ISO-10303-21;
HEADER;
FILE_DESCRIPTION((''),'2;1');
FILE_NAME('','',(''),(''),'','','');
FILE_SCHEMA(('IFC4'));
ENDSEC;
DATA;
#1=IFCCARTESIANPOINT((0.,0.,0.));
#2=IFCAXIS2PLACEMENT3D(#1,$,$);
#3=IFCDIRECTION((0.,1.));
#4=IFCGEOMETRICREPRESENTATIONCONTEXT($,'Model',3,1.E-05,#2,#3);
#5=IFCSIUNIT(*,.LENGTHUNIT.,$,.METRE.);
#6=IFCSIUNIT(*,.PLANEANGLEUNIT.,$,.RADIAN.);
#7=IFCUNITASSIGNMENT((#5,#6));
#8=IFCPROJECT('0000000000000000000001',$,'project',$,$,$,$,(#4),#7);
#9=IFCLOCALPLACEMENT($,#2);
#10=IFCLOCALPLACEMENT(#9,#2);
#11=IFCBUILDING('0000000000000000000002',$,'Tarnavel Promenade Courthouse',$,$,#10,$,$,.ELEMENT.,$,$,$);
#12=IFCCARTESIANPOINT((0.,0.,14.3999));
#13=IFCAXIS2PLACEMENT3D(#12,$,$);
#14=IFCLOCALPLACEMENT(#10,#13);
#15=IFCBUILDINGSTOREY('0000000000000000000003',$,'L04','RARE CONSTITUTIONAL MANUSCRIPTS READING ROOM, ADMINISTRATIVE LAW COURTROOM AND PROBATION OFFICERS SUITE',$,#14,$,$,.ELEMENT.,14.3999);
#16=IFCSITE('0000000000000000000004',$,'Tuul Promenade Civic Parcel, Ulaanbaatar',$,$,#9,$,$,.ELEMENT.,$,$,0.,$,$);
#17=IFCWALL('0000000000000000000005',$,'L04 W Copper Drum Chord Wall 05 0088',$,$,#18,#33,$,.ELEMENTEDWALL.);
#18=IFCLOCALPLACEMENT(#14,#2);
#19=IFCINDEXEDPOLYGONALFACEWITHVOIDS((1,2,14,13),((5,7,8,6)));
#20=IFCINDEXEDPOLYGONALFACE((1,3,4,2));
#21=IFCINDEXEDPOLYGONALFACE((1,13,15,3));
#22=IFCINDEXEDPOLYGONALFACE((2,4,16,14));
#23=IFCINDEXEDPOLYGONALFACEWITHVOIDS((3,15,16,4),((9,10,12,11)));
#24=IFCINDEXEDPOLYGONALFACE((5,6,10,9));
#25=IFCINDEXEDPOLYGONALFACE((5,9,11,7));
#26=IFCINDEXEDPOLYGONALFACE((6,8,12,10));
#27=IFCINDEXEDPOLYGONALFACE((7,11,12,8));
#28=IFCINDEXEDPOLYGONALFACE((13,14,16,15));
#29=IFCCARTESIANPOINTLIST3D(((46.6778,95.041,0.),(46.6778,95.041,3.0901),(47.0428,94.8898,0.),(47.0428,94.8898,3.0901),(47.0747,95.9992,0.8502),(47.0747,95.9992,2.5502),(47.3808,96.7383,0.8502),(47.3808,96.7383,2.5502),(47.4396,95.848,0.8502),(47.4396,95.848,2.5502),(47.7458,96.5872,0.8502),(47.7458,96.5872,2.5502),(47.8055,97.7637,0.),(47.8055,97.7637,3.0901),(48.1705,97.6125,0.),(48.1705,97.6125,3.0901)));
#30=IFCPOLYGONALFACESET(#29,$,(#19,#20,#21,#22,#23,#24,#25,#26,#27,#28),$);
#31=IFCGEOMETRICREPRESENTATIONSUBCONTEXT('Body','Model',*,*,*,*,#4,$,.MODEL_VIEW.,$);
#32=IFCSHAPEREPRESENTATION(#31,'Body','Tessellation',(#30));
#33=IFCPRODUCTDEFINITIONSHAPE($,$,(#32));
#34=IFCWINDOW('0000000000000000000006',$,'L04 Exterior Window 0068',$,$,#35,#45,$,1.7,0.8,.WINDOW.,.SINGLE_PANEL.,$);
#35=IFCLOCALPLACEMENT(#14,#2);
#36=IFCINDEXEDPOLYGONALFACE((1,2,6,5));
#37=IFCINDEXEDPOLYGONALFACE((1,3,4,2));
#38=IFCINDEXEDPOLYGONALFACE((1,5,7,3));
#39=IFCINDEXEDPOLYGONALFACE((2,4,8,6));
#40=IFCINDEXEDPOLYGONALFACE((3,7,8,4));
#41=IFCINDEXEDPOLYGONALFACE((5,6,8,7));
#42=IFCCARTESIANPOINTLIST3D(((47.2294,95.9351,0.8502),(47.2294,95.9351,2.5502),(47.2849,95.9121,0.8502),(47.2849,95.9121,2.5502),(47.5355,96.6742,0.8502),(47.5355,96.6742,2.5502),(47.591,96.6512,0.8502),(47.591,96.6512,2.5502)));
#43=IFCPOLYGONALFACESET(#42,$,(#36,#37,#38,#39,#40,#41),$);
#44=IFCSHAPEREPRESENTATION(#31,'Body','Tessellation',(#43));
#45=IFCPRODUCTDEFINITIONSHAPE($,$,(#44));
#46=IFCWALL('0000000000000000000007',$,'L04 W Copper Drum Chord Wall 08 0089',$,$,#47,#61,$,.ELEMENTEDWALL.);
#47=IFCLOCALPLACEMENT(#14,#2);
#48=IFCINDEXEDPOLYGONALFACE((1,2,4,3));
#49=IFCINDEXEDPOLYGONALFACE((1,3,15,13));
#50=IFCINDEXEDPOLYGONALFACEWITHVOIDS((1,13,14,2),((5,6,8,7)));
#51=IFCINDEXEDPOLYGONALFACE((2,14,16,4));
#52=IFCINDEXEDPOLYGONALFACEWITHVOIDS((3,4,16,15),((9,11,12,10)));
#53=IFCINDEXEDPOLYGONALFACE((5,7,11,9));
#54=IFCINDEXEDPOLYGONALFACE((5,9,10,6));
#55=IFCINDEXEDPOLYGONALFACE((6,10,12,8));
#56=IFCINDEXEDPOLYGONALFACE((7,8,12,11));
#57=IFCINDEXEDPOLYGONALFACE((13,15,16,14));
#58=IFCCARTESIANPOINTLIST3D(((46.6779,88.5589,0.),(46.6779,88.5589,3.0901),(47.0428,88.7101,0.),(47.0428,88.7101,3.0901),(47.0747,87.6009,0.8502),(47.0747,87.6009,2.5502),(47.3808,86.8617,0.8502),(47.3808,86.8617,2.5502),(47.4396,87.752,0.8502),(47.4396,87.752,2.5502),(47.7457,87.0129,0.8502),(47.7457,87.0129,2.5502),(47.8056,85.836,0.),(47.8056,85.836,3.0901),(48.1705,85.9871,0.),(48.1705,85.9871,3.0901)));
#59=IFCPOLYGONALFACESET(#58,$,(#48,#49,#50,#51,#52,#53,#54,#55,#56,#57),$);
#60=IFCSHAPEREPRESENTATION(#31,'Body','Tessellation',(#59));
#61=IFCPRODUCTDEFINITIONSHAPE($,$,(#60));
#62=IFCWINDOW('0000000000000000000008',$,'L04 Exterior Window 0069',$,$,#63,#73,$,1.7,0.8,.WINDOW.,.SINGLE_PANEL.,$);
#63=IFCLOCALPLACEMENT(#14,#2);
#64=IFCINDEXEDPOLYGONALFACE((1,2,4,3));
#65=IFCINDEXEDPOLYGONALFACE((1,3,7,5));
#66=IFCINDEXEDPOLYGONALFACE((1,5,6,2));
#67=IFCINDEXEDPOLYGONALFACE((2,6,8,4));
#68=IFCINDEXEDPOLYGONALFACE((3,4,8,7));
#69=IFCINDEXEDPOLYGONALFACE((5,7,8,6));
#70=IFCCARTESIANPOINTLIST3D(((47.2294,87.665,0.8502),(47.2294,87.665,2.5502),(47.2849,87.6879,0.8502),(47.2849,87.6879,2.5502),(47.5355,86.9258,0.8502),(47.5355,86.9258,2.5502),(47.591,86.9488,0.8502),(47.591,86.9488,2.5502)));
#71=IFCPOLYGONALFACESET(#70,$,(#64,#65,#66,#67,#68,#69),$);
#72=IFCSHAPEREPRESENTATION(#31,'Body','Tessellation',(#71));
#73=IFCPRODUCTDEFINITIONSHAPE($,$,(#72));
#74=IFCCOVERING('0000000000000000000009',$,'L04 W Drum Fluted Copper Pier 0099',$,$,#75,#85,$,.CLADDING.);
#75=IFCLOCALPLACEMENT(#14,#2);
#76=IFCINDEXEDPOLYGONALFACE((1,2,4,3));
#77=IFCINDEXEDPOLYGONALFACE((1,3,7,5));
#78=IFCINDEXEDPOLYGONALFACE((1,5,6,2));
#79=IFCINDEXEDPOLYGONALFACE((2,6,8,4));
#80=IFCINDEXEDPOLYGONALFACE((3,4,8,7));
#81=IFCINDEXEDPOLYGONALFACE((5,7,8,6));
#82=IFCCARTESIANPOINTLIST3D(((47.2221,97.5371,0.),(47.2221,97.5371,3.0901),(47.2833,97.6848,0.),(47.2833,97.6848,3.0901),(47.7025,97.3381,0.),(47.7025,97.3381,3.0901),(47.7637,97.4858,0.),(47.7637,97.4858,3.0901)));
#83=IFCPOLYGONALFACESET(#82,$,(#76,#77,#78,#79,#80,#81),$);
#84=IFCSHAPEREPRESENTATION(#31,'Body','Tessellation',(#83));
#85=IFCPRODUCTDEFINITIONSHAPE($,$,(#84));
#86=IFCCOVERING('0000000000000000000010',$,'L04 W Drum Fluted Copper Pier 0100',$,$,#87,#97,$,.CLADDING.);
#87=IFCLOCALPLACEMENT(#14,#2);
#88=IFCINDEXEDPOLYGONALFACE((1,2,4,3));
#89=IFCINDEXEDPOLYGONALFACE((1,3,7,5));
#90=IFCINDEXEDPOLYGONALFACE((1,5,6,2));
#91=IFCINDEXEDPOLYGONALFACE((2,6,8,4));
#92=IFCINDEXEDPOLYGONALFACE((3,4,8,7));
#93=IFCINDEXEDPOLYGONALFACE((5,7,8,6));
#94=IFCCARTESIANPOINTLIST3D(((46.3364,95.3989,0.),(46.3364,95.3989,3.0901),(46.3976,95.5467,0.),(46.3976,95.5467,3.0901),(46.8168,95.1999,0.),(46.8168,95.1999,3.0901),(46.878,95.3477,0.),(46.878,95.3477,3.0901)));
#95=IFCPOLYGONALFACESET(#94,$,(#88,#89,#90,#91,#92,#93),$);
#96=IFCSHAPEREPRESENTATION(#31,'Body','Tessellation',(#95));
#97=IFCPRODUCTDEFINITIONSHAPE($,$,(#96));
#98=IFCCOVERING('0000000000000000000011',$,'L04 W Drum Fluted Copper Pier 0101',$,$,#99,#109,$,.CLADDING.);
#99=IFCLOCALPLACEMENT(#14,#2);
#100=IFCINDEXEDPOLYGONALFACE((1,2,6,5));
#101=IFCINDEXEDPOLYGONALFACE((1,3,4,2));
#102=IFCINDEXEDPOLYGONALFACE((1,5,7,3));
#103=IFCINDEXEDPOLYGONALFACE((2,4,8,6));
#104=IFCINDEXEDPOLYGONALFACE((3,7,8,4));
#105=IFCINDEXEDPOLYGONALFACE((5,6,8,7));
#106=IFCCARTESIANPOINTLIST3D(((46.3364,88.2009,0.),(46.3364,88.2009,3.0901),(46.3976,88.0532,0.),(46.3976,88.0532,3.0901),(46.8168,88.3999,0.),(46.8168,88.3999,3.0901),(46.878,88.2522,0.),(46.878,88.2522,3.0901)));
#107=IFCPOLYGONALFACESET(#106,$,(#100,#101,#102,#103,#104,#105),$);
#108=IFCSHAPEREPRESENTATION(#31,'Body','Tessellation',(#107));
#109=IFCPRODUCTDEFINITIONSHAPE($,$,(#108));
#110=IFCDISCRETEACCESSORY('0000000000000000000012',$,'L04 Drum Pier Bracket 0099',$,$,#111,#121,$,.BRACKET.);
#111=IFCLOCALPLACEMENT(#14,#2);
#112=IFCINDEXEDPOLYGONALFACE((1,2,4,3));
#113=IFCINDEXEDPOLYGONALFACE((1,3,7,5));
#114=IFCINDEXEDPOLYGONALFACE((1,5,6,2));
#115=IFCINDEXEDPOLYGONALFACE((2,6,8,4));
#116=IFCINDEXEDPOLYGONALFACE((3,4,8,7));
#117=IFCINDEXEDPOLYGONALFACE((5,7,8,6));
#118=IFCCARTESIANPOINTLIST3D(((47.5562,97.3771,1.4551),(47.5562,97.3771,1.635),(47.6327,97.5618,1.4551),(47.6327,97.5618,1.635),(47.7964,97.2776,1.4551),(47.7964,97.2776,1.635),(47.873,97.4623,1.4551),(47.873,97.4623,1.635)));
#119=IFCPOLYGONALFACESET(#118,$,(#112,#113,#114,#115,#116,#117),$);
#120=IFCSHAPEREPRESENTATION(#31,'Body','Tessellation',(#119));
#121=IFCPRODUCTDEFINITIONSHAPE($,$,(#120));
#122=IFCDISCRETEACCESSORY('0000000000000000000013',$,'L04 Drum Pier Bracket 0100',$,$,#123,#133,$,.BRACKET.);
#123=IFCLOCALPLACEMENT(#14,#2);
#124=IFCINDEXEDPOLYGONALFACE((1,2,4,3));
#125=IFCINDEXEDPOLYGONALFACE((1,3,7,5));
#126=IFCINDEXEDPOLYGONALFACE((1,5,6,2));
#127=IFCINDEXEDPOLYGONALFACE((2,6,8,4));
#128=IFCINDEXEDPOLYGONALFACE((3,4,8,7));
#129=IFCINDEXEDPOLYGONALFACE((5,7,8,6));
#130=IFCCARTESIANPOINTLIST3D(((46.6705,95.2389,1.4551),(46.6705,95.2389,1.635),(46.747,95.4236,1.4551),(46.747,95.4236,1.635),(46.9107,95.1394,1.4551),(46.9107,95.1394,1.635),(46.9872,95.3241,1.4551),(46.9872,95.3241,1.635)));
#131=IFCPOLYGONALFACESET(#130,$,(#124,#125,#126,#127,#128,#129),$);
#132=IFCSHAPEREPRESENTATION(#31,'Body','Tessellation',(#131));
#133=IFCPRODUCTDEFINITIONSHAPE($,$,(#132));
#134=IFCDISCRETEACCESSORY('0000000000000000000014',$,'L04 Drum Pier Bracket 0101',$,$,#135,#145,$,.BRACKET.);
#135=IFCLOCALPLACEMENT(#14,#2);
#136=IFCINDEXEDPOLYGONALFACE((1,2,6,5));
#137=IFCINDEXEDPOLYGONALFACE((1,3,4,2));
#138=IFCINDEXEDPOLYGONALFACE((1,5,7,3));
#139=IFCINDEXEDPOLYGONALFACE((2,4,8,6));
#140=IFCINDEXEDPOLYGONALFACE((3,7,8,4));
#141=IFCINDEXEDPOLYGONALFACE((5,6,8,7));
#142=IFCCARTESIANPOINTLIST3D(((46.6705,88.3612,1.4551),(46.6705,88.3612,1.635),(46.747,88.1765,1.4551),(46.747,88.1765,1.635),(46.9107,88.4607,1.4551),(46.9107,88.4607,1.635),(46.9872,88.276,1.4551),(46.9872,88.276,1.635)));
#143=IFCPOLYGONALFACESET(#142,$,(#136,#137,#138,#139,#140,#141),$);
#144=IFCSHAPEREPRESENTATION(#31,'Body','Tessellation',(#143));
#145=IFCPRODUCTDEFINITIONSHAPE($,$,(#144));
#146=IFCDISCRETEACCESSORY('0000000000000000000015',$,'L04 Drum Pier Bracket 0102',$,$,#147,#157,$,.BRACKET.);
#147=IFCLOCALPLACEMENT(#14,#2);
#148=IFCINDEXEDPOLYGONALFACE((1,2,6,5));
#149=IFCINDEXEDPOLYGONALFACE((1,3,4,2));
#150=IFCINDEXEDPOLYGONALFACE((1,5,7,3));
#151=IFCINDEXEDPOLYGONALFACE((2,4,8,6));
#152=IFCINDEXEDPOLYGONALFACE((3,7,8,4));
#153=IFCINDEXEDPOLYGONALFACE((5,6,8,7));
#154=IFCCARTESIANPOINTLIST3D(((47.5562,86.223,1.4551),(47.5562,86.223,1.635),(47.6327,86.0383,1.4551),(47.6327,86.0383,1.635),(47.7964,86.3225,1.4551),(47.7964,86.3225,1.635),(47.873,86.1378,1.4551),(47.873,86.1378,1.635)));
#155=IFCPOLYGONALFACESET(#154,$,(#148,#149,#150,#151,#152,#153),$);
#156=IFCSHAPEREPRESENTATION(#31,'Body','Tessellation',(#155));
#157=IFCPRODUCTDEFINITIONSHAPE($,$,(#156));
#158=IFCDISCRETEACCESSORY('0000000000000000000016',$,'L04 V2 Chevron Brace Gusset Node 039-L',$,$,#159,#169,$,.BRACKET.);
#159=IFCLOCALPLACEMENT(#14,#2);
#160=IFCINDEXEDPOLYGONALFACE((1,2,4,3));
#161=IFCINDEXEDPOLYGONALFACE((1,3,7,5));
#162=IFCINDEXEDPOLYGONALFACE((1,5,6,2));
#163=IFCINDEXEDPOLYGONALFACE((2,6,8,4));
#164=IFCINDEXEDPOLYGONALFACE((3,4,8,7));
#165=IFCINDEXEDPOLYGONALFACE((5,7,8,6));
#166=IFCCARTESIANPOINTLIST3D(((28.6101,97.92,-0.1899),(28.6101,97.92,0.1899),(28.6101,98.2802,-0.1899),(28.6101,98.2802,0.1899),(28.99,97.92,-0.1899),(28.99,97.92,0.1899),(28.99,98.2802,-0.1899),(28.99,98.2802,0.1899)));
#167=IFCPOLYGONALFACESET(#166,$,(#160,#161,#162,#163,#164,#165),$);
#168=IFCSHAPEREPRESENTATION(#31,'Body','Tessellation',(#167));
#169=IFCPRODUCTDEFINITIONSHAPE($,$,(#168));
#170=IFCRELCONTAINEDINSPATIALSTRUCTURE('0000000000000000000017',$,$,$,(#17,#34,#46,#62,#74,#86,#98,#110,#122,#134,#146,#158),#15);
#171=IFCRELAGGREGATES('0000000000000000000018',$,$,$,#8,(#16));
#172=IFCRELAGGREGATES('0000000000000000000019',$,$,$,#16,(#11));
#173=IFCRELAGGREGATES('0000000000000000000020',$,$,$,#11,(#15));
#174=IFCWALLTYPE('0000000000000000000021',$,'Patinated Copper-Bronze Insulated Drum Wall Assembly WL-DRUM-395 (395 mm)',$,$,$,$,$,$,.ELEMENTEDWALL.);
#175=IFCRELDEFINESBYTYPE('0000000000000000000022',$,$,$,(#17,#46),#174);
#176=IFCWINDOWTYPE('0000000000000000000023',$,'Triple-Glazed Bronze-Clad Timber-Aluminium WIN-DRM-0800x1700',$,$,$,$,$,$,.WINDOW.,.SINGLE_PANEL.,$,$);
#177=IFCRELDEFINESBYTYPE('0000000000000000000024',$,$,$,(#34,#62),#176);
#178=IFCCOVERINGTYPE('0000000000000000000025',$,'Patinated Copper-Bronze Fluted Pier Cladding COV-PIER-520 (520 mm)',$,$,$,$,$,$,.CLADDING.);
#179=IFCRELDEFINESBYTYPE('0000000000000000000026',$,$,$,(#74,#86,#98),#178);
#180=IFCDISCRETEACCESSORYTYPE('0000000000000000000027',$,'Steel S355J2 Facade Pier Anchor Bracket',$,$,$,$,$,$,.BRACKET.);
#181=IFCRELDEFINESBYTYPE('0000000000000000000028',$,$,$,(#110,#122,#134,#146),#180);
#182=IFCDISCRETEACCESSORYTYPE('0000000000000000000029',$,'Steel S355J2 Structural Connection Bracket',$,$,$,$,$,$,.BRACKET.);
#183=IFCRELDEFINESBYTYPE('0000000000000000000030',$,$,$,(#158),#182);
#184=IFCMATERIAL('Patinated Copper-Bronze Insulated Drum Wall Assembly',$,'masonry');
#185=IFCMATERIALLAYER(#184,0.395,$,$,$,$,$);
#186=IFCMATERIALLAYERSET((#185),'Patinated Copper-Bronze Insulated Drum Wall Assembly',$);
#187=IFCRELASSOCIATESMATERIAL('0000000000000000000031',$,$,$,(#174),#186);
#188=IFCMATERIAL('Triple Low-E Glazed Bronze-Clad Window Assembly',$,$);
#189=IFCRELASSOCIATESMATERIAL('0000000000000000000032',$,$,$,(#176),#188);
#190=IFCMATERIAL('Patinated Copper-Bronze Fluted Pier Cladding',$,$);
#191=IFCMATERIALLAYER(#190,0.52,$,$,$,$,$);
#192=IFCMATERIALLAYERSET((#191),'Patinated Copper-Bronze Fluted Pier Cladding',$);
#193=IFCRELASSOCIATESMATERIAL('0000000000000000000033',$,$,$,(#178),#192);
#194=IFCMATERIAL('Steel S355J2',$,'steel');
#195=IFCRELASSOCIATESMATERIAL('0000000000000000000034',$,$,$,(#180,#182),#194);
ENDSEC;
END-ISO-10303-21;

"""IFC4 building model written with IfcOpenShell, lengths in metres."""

from ifc_helpers import new_model, si_unit, direction, frame, frame_2d, origin, origin_2d, place, context, subcontext, project, spatial, rectangle, extrude, material, layer, layer_set, type_object, element, fill, save


model = new_model("IFC4")

# Units and contexts
model_context = context("Model", 3, precision=1e-05, world=origin(), true_north=direction((0.0, 1.0)))
body_context = subcontext(model_context, "Body", "Model", "MODEL_VIEW")
ifc_project = project(units=[si_unit("LENGTHUNIT", "METRE"), si_unit("PLANEANGLEUNIT", "RADIAN")], contexts=[model_context])

# Site, building, storey
site_placement = place(None, origin())
site = spatial("IfcSite", under=ifc_project, at=site_placement, Name="Tuul Promenade Civic Parcel, Ulaanbaatar", CompositionType="ELEMENT", RefElevation=0.0)
building_placement = place(site_placement, origin())
building = spatial("IfcBuilding", under=site, at=building_placement, Name="Tarnavel Promenade Courthouse", CompositionType="ELEMENT")
storey_placement = place(building_placement, frame((0.0, 0.0, 14.3999)))
storey = spatial("IfcBuildingStorey", under=building, at=storey_placement, Name="L04", Description="RARE CONSTITUTIONAL MANUSCRIPTS READING ROOM, ADMINISTRATIVE LAW COURTROOM AND PROBATION OFFICERS SUITE", CompositionType="ELEMENT", Elevation=14.3999)

# Shared definitions
ifc_material_1 = material(Name="Steel S355J2", Category="steel")

# Walls, openings, windows
ifc_material_2 = material(Name="Patinated Copper-Bronze Insulated Drum Wall Assembly", Category="masonry")
ifc_layer_1 = layer(ifc_material_2, 0.395)
ifc_layer_set_1 = layer_set([ifc_layer_1], Name="Patinated Copper-Bronze Insulated Drum Wall Assembly")
wall_type_1 = type_object("IfcWallType", Name="Patinated Copper-Bronze Insulated Drum Wall Assembly WL-DRUM-395 (395 mm)", PredefinedType="ELEMENTEDWALL", material=ifc_layer_set_1)
wall_1_placement = place(storey_placement, frame((47.988, 97.6882, 0.0), z_axis=(0.0, 0.0, 1.0), x_axis=(-0.382662, -0.923889, 0.0)))
wall_1 = element("IfcWall", 1, at=wall_1_placement, inside=storey, type_object=wall_type_1, Name="L04 W Copper Drum Chord Wall 05 0088", PredefinedType="ELEMENTEDWALL", context=body_context, shape_type="SweptSolid", body=[
    extrude(rectangle(XDim=2.947, YDim=0.395, at=frame_2d((1.4736, 0.0))), origin(), (0.0, 0.0, 1.0), 3.0901),
])
opening_1_placement = place(wall_1_placement, frame((1.1101, 0.0, 0.8501)))
opening_1 = element("IfcOpeningElement", 2, at=opening_1_placement, cuts=wall_1, PredefinedType="OPENING", context=body_context, shape_type="SweptSolid", body=[
    extrude(rectangle(XDim=0.8, YDim=1.7, at=frame_2d((0.3999, 0.8501))), frame((0.0, 0.2075, 0.0), z_axis=(0.0, -1.0, 0.0), x_axis=(1.0, 0.0, 0.0)), (0.0, 0.0, 1.0), 0.415),
])
ifc_material_3 = material(Name="Triple Low-E Glazed Bronze-Clad Window Assembly")
window_type = type_object("IfcWindowType", Name="Triple-Glazed Bronze-Clad Timber-Aluminium WIN-DRM-0800x1700", PartitioningType="SINGLE_PANEL", PredefinedType="WINDOW", material=ifc_material_3)
window_1_placement = place(opening_1_placement, origin())
window_1 = element("IfcWindow", 3, at=window_1_placement, inside=storey, type_object=window_type, Name="L04 Exterior Window 0068", OverallHeight=1.7, OverallWidth=0.8, PartitioningType="SINGLE_PANEL", PredefinedType="WINDOW", context=body_context, shape_type="SweptSolid", body=[
    extrude(rectangle(XDim=0.8, YDim=1.7, at=frame_2d((0.3999, 0.8501))), frame((0.0, 0.03, 0.0), z_axis=(0.0, -1.0, 0.0), x_axis=(1.0, 0.0, 0.0)), (0.0, 0.0, 1.0), 0.0601),
])
fill(opening_1, window_1)
wall_2_placement = place(storey_placement, frame((46.8604, 88.6345, 0.0), z_axis=(0.0, 0.0, 1.0), x_axis=(0.382632, -0.923901, 0.0)))
wall_2 = element("IfcWall", 4, at=wall_2_placement, inside=storey, type_object=wall_type_1, Name="L04 W Copper Drum Chord Wall 08 0089", PredefinedType="ELEMENTEDWALL", context=body_context, shape_type="SweptSolid", body=[
    extrude(rectangle(XDim=2.9473, YDim=0.395, at=frame_2d((1.4736, 0.0))), origin(), (0.0, 0.0, 1.0), 3.0901),
])
opening_2_placement = place(wall_2_placement, frame((1.0371, 0.0, 0.8501)))
opening_2 = element("IfcOpeningElement", 5, at=opening_2_placement, cuts=wall_2, PredefinedType="OPENING", context=body_context, shape_type="SweptSolid", body=[
    extrude(rectangle(XDim=0.8, YDim=1.7, at=frame_2d((0.3999, 0.8501))), frame((0.0, 0.2075, 0.0), z_axis=(0.0, -1.0, 0.0), x_axis=(1.0, 0.0, 0.0)), (0.0, 0.0, 1.0), 0.415),
])
window_2_placement = place(opening_2_placement, origin())
window_2 = element("IfcWindow", 6, at=window_2_placement, inside=storey, type_object=window_type, Name="L04 Exterior Window 0069", OverallHeight=1.7, OverallWidth=0.8, PartitioningType="SINGLE_PANEL", PredefinedType="WINDOW", context=body_context, shape_type="SweptSolid", body=[
    extrude(rectangle(XDim=0.8, YDim=1.7, at=frame_2d((0.3999, 0.8501))), frame((0.0, 0.03, 0.0), z_axis=(0.0, -1.0, 0.0), x_axis=(1.0, 0.0, 0.0)), (0.0, 0.0, 1.0), 0.0601),
])
fill(opening_2, window_2)

# Coverings
ifc_material_4 = material(Name="Patinated Copper-Bronze Fluted Pier Cladding")
ifc_layer_2 = layer(ifc_material_4, 0.52)
ifc_layer_set_2 = layer_set([ifc_layer_2], Name="Patinated Copper-Bronze Fluted Pier Cladding")
covering_type = type_object("IfcCoveringType", Name="Patinated Copper-Bronze Fluted Pier Cladding COV-PIER-520 (520 mm)", PredefinedType="CLADDING", material=ifc_layer_set_2)
for number, where, z_axis, x_axis, name in (
    (7, (47.4929, 97.5115, 0.0), (0.0, 0.0, 1.0), (-0.382683, -0.92388, 0.0), "L04 W Drum Fluted Copper Pier 0099"),
    (8, (46.6072, 95.3733, 0.0), (0.0, 0.0, 1.0), (-0.382683, -0.92388, 0.0), "L04 W Drum Fluted Copper Pier 0100"),
    (9, (46.6072, 88.2266, 0.0), (0.0, 0.0, 1.0), (0.382683, -0.92388, 0.0), "L04 W Drum Fluted Copper Pier 0101"),
):
    element("IfcCovering", number, at=place(storey_placement, frame(where, z_axis=z_axis, x_axis=x_axis)), inside=storey, type_object=covering_type, Name=name, PredefinedType="CLADDING", context=body_context, shape_type="SweptSolid", body=[
        extrude(rectangle(XDim=0.1599, YDim=0.52, at=origin_2d()), origin(), (0.0, 0.0, 1.0), 3.0901),
    ])

# Discrete accessories
discrete_accessory_type_1 = type_object("IfcDiscreteAccessoryType", Name="Steel S355J2 Facade Pier Anchor Bracket", PredefinedType="BRACKET", material=ifc_material_1)
for number, where, z_axis, x_axis, name in (
    (10, (47.7146, 97.4197, 1.4551), (0.0, 0.0, 1.0), (-0.382683, -0.92388, 0.0), "L04 Drum Pier Bracket 0099"),
    (11, (46.8289, 95.2815, 1.4551), (0.0, 0.0, 1.0), (-0.382683, -0.92388, 0.0), "L04 Drum Pier Bracket 0100"),
    (12, (46.8289, 88.3186, 1.4551), (0.0, 0.0, 1.0), (0.382683, -0.92388, 0.0), "L04 Drum Pier Bracket 0101"),
    (13, (47.7146, 86.1804, 1.4551), (0.0, 0.0, 1.0), (0.382683, -0.92388, 0.0), "L04 Drum Pier Bracket 0102"),
):
    element("IfcDiscreteAccessory", number, at=place(storey_placement, frame(where, z_axis=z_axis, x_axis=x_axis)), inside=storey, type_object=discrete_accessory_type_1, Name=name, PredefinedType="BRACKET", context=body_context, shape_type="SweptSolid", body=[
        extrude(rectangle(XDim=0.2, YDim=0.26, at=origin_2d()), origin(), (0.0, 0.0, 1.0), 0.1799),
    ])
discrete_accessory_type_2 = type_object("IfcDiscreteAccessoryType", Name="Steel S355J2 Structural Connection Bracket", PredefinedType="BRACKET", material=ifc_material_1)
discrete_accessory_placement = place(storey_placement, frame((28.8, 98.1001, -0.1899), z_axis=(0.0, 0.0, 1.0), x_axis=(1.0, 0.0, 0.0)))
element("IfcDiscreteAccessory", 14, at=discrete_accessory_placement, inside=storey, type_object=discrete_accessory_type_2, Name="L04 V2 Chevron Brace Gusset Node 039-L", PredefinedType="BRACKET", context=body_context, shape_type="SweptSolid", body=[
    extrude(rectangle(XDim=0.3799, YDim=0.3601, at=origin_2d()), origin(), (0.0, 0.0, 1.0), 0.3799),
])

save(model, "model.ifc")
